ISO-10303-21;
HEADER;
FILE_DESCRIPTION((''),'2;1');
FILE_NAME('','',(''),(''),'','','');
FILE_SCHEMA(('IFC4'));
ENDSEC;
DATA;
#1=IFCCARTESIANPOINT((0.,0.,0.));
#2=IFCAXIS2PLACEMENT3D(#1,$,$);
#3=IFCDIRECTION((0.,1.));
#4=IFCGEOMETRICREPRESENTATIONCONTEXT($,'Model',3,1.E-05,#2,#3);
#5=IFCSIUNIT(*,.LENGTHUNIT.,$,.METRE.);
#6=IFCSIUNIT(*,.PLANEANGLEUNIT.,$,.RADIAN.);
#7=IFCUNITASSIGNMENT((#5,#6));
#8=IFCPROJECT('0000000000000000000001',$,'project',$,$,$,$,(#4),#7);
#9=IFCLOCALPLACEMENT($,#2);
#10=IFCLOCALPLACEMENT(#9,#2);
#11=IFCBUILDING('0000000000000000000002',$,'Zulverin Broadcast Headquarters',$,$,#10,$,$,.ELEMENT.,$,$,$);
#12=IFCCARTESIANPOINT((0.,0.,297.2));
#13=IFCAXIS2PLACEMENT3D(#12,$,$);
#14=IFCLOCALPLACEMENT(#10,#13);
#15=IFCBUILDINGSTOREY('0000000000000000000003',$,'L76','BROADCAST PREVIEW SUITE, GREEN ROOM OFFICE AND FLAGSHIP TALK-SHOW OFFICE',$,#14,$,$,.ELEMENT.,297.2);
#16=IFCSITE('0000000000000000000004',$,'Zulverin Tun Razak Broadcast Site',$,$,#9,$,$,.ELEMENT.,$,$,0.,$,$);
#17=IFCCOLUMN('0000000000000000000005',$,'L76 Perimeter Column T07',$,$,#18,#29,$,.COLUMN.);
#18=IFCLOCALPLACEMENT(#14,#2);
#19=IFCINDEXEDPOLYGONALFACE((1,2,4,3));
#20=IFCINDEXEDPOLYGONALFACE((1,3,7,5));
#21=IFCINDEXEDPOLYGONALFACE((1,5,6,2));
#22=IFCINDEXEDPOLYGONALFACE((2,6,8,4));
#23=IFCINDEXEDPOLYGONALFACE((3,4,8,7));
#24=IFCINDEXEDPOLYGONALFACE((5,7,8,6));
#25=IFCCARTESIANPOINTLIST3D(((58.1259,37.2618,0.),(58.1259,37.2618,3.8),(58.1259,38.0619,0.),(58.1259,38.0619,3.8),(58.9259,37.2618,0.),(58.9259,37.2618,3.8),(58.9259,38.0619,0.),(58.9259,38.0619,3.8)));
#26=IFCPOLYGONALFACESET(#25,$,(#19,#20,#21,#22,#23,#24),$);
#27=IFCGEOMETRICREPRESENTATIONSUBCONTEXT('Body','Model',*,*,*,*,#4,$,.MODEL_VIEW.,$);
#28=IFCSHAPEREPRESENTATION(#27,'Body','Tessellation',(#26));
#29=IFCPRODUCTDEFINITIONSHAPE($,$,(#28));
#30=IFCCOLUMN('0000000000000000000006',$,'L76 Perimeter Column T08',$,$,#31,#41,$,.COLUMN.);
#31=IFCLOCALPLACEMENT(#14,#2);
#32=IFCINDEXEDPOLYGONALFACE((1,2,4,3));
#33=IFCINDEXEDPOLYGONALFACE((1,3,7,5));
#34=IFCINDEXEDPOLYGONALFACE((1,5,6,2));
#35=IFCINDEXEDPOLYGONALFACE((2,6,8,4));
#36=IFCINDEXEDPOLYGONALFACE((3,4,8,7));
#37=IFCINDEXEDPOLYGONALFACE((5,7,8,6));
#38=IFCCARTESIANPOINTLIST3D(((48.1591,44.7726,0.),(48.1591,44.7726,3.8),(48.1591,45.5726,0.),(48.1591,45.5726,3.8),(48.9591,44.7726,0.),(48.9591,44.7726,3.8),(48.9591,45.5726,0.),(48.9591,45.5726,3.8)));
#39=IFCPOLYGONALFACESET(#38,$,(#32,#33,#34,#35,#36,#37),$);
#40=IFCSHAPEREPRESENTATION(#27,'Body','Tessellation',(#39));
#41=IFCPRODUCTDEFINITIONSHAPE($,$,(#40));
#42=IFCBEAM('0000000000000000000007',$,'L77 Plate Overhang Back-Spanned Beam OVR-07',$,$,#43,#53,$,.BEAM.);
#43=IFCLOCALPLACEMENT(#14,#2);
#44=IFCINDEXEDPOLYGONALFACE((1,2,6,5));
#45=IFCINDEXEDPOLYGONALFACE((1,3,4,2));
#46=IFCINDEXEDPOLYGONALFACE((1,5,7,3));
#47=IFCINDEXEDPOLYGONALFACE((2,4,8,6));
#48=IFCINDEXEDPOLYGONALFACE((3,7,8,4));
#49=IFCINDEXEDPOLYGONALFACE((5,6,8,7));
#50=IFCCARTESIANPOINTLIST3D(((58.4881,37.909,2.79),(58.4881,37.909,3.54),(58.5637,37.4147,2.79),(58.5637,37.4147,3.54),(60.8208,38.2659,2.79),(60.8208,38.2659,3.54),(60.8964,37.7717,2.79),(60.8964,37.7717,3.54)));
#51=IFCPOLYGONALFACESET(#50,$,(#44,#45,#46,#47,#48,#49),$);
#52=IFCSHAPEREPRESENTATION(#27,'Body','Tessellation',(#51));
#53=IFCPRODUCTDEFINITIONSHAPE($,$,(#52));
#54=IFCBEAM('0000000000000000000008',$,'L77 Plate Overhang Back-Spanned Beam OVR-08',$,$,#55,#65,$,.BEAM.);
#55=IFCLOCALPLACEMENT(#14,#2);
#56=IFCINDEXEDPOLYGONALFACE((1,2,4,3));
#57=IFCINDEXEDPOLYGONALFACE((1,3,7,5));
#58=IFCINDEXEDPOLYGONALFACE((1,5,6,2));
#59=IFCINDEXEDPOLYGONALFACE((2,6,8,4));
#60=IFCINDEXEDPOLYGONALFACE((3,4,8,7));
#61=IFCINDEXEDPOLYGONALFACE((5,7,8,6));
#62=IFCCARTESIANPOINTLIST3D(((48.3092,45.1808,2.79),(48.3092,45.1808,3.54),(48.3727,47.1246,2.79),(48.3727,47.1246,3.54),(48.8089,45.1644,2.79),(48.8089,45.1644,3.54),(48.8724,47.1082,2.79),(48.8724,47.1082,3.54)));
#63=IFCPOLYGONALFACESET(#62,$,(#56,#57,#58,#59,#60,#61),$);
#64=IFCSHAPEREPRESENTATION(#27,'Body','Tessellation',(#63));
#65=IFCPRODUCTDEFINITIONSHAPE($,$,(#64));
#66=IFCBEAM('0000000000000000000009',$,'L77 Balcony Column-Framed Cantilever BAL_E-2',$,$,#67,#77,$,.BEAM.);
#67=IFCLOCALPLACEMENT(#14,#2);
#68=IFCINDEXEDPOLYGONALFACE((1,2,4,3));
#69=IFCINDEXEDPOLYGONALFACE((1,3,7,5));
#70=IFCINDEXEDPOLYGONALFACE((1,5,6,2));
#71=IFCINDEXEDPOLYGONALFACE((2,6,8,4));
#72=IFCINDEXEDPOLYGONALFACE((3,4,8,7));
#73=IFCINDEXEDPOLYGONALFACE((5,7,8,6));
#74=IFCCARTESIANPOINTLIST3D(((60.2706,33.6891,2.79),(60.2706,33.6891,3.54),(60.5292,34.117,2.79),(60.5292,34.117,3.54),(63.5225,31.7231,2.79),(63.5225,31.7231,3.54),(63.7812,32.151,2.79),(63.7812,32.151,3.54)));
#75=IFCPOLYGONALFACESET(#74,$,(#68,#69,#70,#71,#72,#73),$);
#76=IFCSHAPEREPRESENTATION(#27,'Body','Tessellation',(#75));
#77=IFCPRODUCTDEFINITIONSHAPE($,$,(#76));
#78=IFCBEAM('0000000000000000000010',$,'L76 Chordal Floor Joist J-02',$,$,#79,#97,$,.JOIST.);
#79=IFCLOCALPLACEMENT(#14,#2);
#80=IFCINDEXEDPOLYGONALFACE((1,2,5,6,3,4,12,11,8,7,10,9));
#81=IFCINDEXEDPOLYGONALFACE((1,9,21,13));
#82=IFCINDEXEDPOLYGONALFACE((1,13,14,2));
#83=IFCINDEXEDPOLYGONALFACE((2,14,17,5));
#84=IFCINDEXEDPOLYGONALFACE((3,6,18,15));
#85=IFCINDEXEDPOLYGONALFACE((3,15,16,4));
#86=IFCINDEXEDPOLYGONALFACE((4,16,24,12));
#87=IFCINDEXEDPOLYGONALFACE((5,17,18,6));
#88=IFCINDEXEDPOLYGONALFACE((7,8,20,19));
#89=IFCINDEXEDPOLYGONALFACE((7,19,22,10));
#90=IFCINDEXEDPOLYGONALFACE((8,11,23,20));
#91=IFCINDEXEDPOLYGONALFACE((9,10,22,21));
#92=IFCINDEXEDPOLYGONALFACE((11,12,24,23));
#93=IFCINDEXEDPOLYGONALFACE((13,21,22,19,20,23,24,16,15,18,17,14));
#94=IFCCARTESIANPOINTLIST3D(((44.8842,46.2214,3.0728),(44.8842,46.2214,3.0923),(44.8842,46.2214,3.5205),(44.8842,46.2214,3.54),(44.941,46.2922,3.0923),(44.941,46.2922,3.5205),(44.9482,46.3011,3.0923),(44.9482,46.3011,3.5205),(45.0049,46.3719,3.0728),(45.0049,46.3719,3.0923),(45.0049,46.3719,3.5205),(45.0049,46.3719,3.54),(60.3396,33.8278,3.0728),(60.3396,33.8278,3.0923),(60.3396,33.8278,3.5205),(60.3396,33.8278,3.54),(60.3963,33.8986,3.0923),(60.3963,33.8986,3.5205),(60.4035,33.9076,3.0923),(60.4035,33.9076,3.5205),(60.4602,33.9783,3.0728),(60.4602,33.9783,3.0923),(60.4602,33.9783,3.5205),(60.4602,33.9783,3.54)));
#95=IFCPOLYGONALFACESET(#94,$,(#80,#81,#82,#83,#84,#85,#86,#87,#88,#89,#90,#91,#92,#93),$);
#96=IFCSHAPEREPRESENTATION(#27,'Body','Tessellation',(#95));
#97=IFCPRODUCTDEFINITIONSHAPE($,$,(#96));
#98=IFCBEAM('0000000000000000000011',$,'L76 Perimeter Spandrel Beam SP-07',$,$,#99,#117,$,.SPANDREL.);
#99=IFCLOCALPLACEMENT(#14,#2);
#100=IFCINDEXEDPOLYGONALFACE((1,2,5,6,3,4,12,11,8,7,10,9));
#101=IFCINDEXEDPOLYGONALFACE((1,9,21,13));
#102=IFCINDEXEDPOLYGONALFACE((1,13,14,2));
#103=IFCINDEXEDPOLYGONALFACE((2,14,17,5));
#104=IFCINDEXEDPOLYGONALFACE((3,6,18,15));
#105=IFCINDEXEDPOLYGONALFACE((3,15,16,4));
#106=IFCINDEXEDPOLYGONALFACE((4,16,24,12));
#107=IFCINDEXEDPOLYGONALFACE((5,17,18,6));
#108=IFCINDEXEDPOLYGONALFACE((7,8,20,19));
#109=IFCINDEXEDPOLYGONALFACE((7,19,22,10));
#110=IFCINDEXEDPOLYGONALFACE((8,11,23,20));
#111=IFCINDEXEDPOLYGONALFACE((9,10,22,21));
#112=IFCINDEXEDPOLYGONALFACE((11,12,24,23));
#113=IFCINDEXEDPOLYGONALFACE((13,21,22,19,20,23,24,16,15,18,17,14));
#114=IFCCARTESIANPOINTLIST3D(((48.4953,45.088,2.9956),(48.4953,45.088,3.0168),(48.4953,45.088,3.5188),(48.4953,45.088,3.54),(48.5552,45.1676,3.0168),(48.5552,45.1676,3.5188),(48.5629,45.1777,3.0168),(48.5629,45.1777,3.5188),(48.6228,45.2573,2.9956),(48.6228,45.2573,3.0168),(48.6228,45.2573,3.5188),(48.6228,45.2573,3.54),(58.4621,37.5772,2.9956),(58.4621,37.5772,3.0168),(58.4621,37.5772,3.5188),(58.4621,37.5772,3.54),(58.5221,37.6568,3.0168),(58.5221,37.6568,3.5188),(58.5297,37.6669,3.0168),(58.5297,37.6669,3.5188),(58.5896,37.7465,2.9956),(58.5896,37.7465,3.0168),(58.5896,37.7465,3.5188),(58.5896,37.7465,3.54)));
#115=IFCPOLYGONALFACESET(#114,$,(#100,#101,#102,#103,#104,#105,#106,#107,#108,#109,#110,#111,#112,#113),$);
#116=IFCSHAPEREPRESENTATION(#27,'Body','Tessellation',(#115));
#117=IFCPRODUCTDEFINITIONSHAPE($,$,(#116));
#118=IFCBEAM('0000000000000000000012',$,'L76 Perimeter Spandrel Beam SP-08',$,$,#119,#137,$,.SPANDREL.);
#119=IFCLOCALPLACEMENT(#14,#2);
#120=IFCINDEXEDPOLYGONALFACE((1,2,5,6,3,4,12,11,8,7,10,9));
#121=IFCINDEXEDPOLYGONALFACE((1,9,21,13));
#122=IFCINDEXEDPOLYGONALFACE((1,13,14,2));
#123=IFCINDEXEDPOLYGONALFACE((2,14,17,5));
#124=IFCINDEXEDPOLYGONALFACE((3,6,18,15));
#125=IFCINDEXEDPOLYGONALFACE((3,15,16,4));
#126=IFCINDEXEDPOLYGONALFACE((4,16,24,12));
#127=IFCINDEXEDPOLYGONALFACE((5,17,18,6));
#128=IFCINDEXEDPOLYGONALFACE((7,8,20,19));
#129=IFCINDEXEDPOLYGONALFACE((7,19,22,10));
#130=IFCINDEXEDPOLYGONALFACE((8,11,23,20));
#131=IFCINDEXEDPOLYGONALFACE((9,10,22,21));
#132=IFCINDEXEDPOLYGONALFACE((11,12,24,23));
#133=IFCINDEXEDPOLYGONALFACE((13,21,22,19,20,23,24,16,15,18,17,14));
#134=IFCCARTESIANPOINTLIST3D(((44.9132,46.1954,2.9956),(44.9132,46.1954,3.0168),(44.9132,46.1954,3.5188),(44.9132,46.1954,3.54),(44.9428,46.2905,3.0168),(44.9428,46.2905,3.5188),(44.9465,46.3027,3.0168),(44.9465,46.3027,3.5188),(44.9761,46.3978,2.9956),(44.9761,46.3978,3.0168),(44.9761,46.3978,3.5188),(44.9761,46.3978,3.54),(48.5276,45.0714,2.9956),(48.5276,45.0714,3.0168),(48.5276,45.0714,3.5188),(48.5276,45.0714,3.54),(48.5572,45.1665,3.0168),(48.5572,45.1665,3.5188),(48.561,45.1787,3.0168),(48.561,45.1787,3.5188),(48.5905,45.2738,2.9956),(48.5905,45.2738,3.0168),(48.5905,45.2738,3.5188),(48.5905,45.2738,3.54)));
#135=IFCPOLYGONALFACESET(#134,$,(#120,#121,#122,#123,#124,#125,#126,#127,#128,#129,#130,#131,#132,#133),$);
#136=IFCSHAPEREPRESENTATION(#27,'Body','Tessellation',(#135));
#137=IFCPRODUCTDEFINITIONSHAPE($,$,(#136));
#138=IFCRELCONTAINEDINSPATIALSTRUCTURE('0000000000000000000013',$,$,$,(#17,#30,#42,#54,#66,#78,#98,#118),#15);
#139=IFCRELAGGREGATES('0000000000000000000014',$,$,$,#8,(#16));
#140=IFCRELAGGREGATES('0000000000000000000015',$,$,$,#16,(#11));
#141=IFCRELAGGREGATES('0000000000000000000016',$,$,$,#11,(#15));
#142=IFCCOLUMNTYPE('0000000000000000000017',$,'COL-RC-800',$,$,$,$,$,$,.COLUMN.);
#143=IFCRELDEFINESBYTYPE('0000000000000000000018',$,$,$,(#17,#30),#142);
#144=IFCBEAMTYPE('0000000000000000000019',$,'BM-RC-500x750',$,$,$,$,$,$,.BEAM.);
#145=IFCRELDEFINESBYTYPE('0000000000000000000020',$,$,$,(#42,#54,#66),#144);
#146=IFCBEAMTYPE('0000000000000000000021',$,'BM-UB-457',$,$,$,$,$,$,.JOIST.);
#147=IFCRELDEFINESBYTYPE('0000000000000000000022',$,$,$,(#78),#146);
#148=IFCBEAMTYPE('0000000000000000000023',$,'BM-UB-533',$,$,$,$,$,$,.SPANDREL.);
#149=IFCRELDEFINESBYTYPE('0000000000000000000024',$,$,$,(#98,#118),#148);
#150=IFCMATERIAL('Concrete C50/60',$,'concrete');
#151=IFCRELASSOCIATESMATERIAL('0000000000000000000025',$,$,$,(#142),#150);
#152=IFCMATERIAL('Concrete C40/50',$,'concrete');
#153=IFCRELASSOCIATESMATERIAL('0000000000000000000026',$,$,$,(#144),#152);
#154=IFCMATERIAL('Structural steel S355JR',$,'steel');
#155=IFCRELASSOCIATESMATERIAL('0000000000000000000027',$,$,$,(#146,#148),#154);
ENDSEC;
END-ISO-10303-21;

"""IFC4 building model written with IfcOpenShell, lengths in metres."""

from ifc_helpers import new_model, si_unit, direction, frame, origin, origin_2d, place, context, subcontext, project, spatial, rectangle, i_section, extrude, material, material_profile, profile_set, type_object, element, save


model = new_model("IFC4")

# Units and contexts
model_context = context("Model", 3, precision=1e-05, world=origin(), true_north=direction((0.0, 1.0)))
body_context = subcontext(model_context, "Body", "Model", "MODEL_VIEW")
ifc_project = project(units=[si_unit("LENGTHUNIT", "METRE"), si_unit("PLANEANGLEUNIT", "RADIAN")], contexts=[model_context])

# Site, building, storey
site_placement = place(None, origin())
site = spatial("IfcSite", under=ifc_project, at=site_placement, Name="Zulverin Tun Razak Broadcast Site", CompositionType="ELEMENT", RefElevation=0.0)
building_placement = place(site_placement, origin())
building = spatial("IfcBuilding", under=site, at=building_placement, Name="Zulverin Broadcast Headquarters", CompositionType="ELEMENT")
storey_placement = place(building_placement, frame((0.0, 0.0, 297.2)))
storey = spatial("IfcBuildingStorey", under=building, at=storey_placement, Name="L76", Description="BROADCAST PREVIEW SUITE, GREEN ROOM OFFICE AND FLAGSHIP TALK-SHOW OFFICE", CompositionType="ELEMENT", Elevation=297.2)

# Columns
ifc_material_1 = material(Name="Concrete C50/60", Category="concrete")
ifc_material_profile_1 = material_profile(ifc_material_1, rectangle(XDim=0.8, YDim=0.8, at=origin_2d()), Name="Concrete C50/60", Category="concrete")
ifc_profile_set_1 = profile_set([ifc_material_profile_1], Name="Concrete C50/60")
column_type = type_object("IfcColumnType", Name="COL-RC-800", PredefinedType="COLUMN", material=ifc_profile_set_1)
for number, where, z_axis, x_axis, name in (
    (1, (58.5259, 37.6619, 0.0), (0.0, 0.0, 1.0), (1.0, 0.0, 0.0), "L76 Perimeter Column T07"),
    (2, (48.5591, 45.1726, 0.0), (0.0, 0.0, 1.0), (1.0, 0.0, 0.0), "L76 Perimeter Column T08"),
):
    element("IfcColumn", number, at=place(storey_placement, frame(where, z_axis=z_axis, x_axis=x_axis)), inside=storey, type_object=column_type, Name=name, PredefinedType="COLUMN", context=body_context, shape_type="SweptSolid", body=[
        extrude(rectangle(XDim=0.8, YDim=0.8, at=origin_2d()), origin(), (0.0, 0.0, 1.0), 3.8),
    ])

# Beams
ifc_material_2 = material(Name="Concrete C40/50", Category="concrete")
ifc_material_profile_2 = material_profile(ifc_material_2, rectangle(XDim=0.5, YDim=0.75, at=origin_2d()), Name="Concrete C40/50", Category="concrete")
ifc_profile_set_2 = profile_set([ifc_material_profile_2], Name="Concrete C40/50")
beam_type_1 = type_object("IfcBeamType", Name="BM-RC-500x750", PredefinedType="BEAM", material=ifc_profile_set_2)
beam_1_placement = place(storey_placement, frame((58.5259, 37.6619, 3.165), z_axis=(0.988496, 0.151249, 0.0), x_axis=(-0.151249, 0.988496, 0.0)))
element("IfcBeam", 3, at=beam_1_placement, inside=storey, type_object=beam_type_1, Name="L77 Plate Overhang Back-Spanned Beam OVR-07", PredefinedType="BEAM", context=body_context, shape_type="SweptSolid", body=[
    extrude(rectangle(XDim=0.5, YDim=0.75, at=origin_2d()), origin(), (0.0, 0.0, 1.0), 2.3599),
])
beam_2_placement = place(storey_placement, frame((48.5591, 45.1726, 3.165), z_axis=(0.032638, 0.999467, 0.0), x_axis=(-0.999467, 0.032638, 0.0)))
element("IfcBeam", 4, at=beam_2_placement, inside=storey, type_object=beam_type_1, Name="L77 Plate Overhang Back-Spanned Beam OVR-08", PredefinedType="BEAM", context=body_context, shape_type="SweptSolid", body=[
    extrude(rectangle(XDim=0.5, YDim=0.75, at=origin_2d()), origin(), (0.0, 0.0, 1.0), 1.9448),
])
beam_3_placement = place(storey_placement, frame((60.3999, 33.9031, 3.165), z_axis=(0.855759, -0.517374, 0.0), x_axis=(0.517374, 0.855759, 0.0)))
element("IfcBeam", 5, at=beam_3_placement, inside=storey, type_object=beam_type_1, Name="L77 Balcony Column-Framed Cantilever BAL_E-2", PredefinedType="BEAM", context=body_context, shape_type="SweptSolid", body=[
    extrude(rectangle(XDim=0.5, YDim=0.75, at=origin_2d()), origin(), (0.0, 0.0, 1.0), 3.8),
])
ifc_material_3 = material(Name="Structural steel S355JR", Category="steel")
ifc_material_profile_3 = material_profile(ifc_material_3, i_section(OverallWidth=0.1929, OverallDepth=0.4673, WebThickness=0.0115, FlangeThickness=0.0195, at=origin_2d()), Name="Structural steel S355JR", Category="steel")
ifc_profile_set_3 = profile_set([ifc_material_profile_3], Name="Structural steel S355JR")
beam_type_2 = type_object("IfcBeamType", Name="BM-UB-457", PredefinedType="JOIST", material=ifc_profile_set_3)
beam_4_placement = place(storey_placement, frame((60.3999, 33.9031, 3.3064), z_axis=(-0.780147, 0.625596, 0.0), x_axis=(-0.625596, -0.780147, 0.0)))
element("IfcBeam", 6, at=beam_4_placement, inside=storey, type_object=beam_type_2, Name="L76 Chordal Floor Joist J-02", PredefinedType="JOIST", context=body_context, shape_type="SweptSolid", body=[
    extrude(i_section(OverallWidth=0.1929, OverallDepth=0.4673, WebThickness=0.0115, FlangeThickness=0.0195, at=origin_2d()), origin(), (0.0, 0.0, 1.0), 19.8108),
])
ifc_material_profile_4 = material_profile(ifc_material_3, i_section(OverallWidth=0.2119, OverallDepth=0.5444, WebThickness=0.0127, FlangeThickness=0.0212, at=origin_2d()), Name="Structural steel S355JR", Category="steel")
ifc_profile_set_4 = profile_set([ifc_material_profile_4], Name="Structural steel S355JR")
beam_type_3 = type_object("IfcBeamType", Name="BM-UB-533", PredefinedType="SPANDREL", material=ifc_profile_set_4)
beam_5_placement = place(storey_placement, frame((58.5259, 37.6619, 3.2678), z_axis=(-0.798627, 0.601826, 0.0), x_axis=(-0.601826, -0.798627, 0.0)))
element("IfcBeam", 7, at=beam_5_placement, inside=storey, type_object=beam_type_3, Name="L76 Perimeter Spandrel Beam SP-07", PredefinedType="SPANDREL", context=body_context, shape_type="SweptSolid", body=[
    extrude(i_section(OverallWidth=0.2119, OverallDepth=0.5444, WebThickness=0.0127, FlangeThickness=0.0212, at=origin_2d()), origin(), (0.0, 0.0, 1.0), 12.48),
])
beam_6_placement = place(storey_placement, frame((48.5591, 45.1726, 3.2678), z_axis=(-0.954893, 0.296949, 0.0), x_axis=(-0.296949, -0.954893, 0.0)))
element("IfcBeam", 8, at=beam_6_placement, inside=storey, type_object=beam_type_3, Name="L76 Perimeter Spandrel Beam SP-08", PredefinedType="SPANDREL", context=body_context, shape_type="SweptSolid", body=[
    extrude(i_section(OverallWidth=0.2119, OverallDepth=0.5444, WebThickness=0.0127, FlangeThickness=0.0212, at=origin_2d()), origin(), (0.0, 0.0, 1.0), 3.7852),
])

save(model, "model.ifc")
